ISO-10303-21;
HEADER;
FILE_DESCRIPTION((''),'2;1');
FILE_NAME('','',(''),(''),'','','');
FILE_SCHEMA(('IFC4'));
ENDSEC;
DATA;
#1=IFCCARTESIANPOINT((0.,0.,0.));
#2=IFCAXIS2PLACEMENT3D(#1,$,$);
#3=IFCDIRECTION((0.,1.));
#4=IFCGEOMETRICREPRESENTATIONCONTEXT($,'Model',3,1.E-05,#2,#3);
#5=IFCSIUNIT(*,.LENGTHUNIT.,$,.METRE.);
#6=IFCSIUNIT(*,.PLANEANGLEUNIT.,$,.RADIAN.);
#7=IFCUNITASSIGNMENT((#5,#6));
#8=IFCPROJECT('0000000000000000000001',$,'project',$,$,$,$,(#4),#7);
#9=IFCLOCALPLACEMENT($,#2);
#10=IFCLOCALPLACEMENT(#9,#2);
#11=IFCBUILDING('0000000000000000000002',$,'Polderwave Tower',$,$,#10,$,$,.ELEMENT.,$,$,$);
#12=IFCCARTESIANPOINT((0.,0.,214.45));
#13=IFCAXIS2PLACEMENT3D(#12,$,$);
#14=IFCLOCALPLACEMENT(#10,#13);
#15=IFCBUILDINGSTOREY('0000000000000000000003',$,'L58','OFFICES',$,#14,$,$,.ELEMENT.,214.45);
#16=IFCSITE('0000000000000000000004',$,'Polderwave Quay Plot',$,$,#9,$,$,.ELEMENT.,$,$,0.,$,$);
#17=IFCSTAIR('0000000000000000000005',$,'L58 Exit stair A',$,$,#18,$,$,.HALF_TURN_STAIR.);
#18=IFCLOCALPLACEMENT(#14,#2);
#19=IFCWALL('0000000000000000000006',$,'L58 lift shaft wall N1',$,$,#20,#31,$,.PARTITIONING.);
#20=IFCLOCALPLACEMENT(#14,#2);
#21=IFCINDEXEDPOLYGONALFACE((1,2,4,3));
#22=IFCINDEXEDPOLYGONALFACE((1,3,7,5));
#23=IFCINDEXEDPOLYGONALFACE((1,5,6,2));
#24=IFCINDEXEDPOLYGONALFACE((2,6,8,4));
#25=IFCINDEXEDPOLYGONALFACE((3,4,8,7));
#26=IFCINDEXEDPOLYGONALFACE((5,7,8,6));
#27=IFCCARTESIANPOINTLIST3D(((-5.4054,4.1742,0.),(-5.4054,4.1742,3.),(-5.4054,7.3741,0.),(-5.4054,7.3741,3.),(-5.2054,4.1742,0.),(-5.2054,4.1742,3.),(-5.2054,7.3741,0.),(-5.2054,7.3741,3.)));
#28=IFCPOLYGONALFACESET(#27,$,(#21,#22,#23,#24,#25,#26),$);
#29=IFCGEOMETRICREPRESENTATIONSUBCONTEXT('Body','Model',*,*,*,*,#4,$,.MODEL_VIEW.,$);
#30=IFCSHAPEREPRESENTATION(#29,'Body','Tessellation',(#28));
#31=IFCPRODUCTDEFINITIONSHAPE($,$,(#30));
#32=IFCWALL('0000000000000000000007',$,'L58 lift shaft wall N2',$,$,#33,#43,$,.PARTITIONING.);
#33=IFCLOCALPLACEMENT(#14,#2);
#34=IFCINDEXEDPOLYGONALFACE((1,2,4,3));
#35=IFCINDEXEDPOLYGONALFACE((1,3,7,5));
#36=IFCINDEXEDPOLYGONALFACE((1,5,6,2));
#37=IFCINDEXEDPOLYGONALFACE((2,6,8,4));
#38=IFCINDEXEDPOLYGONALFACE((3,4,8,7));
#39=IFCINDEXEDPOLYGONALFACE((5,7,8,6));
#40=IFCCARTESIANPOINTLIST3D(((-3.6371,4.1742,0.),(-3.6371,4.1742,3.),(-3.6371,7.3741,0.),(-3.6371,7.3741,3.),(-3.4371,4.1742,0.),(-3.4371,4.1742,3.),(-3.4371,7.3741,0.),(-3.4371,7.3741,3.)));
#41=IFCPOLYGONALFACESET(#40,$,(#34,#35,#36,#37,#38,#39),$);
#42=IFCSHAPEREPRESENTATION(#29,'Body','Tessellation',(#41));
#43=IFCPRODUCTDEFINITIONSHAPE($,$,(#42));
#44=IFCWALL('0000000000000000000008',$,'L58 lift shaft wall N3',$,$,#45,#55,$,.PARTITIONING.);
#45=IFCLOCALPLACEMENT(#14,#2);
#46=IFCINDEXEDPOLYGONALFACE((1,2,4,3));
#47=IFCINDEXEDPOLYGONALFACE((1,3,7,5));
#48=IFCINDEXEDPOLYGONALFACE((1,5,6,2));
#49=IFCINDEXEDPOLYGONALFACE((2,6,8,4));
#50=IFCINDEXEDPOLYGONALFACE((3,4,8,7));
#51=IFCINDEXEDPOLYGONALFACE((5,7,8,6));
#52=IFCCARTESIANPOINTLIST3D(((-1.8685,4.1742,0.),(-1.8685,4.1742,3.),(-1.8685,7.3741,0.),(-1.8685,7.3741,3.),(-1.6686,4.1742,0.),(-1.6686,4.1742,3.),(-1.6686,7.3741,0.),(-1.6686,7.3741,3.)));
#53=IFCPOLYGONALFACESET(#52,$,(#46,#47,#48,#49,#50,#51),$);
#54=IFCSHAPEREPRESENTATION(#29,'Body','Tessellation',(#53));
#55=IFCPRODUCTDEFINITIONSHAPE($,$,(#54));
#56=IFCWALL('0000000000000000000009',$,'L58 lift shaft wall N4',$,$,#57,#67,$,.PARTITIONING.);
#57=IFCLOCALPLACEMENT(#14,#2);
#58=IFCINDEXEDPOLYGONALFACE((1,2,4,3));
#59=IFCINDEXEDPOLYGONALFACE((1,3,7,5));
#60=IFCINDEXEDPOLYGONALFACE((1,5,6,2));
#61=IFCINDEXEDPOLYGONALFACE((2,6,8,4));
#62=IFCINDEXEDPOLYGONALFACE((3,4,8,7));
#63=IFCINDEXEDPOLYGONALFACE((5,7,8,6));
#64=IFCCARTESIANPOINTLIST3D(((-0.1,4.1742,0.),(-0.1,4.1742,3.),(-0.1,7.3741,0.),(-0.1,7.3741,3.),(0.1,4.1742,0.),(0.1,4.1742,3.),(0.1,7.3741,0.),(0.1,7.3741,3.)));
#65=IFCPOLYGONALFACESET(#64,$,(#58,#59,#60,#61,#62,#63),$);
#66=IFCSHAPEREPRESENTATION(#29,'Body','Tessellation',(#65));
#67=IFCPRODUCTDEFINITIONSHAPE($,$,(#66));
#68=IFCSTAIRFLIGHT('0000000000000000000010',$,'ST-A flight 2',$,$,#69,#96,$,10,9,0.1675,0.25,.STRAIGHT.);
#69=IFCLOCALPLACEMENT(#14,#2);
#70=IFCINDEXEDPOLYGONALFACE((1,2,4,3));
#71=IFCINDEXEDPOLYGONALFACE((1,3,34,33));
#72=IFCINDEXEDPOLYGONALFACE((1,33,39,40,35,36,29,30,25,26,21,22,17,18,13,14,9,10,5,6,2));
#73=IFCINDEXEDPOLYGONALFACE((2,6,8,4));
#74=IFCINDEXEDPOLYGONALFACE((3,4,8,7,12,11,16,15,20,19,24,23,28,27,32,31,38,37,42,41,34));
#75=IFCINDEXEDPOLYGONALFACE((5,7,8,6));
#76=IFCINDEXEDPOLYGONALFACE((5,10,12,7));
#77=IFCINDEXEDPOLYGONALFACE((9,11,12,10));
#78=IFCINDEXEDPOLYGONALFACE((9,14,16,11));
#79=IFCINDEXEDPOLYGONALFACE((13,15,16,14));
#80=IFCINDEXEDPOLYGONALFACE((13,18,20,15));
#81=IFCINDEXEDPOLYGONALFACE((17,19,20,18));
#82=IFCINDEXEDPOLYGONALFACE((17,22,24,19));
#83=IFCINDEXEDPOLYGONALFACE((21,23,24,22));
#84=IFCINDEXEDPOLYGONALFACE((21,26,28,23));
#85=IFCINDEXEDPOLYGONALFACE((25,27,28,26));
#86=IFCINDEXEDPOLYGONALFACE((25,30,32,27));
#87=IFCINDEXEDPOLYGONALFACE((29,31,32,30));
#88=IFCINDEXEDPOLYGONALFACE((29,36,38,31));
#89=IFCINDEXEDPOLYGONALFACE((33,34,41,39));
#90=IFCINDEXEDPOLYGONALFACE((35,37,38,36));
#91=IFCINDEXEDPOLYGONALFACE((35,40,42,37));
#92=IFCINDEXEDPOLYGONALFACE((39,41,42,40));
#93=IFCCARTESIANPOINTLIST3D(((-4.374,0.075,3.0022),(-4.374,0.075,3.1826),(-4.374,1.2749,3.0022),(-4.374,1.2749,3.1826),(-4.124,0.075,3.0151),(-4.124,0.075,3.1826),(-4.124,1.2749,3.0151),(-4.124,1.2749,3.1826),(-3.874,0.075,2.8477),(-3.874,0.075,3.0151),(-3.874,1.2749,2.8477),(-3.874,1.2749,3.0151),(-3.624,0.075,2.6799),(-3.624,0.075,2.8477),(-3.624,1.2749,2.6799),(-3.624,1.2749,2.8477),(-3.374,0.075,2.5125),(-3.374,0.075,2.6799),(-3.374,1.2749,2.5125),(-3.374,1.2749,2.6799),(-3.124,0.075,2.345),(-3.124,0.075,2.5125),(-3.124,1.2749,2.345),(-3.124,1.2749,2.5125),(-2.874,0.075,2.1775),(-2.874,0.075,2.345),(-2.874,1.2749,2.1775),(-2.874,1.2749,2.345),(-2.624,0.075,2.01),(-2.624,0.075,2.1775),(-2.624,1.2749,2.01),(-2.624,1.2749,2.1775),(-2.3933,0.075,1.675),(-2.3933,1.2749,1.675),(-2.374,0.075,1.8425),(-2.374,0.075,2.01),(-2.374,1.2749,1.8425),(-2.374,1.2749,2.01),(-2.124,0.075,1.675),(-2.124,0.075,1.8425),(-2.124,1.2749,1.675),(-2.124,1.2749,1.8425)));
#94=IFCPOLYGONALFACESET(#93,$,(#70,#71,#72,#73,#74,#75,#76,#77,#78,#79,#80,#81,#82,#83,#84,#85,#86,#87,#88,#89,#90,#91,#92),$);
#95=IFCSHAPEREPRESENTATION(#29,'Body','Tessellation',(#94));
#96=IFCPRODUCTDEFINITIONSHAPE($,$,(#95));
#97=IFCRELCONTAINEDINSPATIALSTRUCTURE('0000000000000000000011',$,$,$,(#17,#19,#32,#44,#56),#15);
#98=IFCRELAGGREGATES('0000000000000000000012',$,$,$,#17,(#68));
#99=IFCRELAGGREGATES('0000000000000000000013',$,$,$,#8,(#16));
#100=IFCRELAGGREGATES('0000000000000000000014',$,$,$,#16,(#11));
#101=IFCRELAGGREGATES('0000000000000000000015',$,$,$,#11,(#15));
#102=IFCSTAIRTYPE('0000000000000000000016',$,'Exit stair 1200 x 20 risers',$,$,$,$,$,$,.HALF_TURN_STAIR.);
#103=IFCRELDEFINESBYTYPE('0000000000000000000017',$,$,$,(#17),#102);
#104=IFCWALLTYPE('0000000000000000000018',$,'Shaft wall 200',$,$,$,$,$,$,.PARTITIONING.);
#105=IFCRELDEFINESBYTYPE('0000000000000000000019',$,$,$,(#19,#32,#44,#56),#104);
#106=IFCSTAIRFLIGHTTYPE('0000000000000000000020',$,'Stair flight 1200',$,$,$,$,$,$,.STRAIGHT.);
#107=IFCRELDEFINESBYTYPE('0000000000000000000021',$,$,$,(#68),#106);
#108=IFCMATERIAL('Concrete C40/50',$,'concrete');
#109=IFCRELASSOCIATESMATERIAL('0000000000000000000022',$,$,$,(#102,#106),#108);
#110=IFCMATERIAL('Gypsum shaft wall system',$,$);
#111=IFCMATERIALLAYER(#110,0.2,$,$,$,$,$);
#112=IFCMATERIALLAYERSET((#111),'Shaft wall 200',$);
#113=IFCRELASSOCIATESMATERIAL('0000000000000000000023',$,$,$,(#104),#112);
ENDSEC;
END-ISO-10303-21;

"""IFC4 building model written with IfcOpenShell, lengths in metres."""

from ifc_helpers import new_model, si_unit, direction, frame, frame_2d, origin, place, context, subcontext, project, spatial, polyline, rectangle, outline, extrude, material, layer, layer_set, type_object, element, aggregate, save


model = new_model("IFC4")

# Units and contexts
model_context = context("Model", 3, precision=1e-05, world=origin(), true_north=direction((0.0, 1.0)))
body_context = subcontext(model_context, "Body", "Model", "MODEL_VIEW")
ifc_project = project(units=[si_unit("LENGTHUNIT", "METRE"), si_unit("PLANEANGLEUNIT", "RADIAN")], contexts=[model_context])

# Site, building, storey
site_placement = place(None, origin())
site = spatial("IfcSite", under=ifc_project, at=site_placement, Name="Polderwave Quay Plot", CompositionType="ELEMENT", RefElevation=0.0)
building_placement = place(site_placement, origin())
building = spatial("IfcBuilding", under=site, at=building_placement, Name="Polderwave Tower", CompositionType="ELEMENT")
storey_placement = place(building_placement, frame((0.0, 0.0, 214.45)))
storey = spatial("IfcBuildingStorey", under=building, at=storey_placement, Name="L58", Description="OFFICES", CompositionType="ELEMENT", Elevation=214.45)

# Shared definitions
ifc_material_1 = material(Name="Concrete C40/50", Category="concrete")

# Stair
stair_type = type_object("IfcStairType", Name="Exit stair 1200 x 20 risers", PredefinedType="HALF_TURN_STAIR", material=ifc_material_1)
stair_1_placement = place(storey_placement, origin())
stair_1 = element("IfcStair", 1, at=stair_1_placement, inside=storey, type_object=stair_type, Name="L58 Exit stair A", PredefinedType="HALF_TURN_STAIR")

# Walls
ifc_material_2 = material(Name="Gypsum shaft wall system")
ifc_layer_1 = layer(ifc_material_2, 0.2)
ifc_layer_set_1 = layer_set([ifc_layer_1], Name="Shaft wall 200")
wall_type_1 = type_object("IfcWallType", Name="Shaft wall 200", PredefinedType="PARTITIONING", material=ifc_layer_set_1)
for number, where, z_axis, x_axis, name in (
    (2, (-5.3054, 4.1741, 0.0), (0.0, 0.0, 1.0), (0.0, 1.0, 0.0), "L58 lift shaft wall N1"),
    (3, (-3.5371, 4.1741, 0.0), (0.0, 0.0, 1.0), (0.0, 1.0, 0.0), "L58 lift shaft wall N2"),
    (4, (-1.7686, 4.1741, 0.0), (0.0, 0.0, 1.0), (0.0, 1.0, 0.0), "L58 lift shaft wall N3"),
    (5, (0.0, 4.1741, 0.0), (0.0, 0.0, 1.0), (0.0, 1.0, 0.0), "L58 lift shaft wall N4"),
):
    element("IfcWall", number, at=place(storey_placement, frame(where, z_axis=z_axis, x_axis=x_axis)), inside=storey, type_object=wall_type_1, Name=name, PredefinedType="PARTITIONING", context=body_context, shape_type="SweptSolid", body=[
        extrude(rectangle(XDim=3.2, YDim=0.2, at=frame_2d((1.6001, 0.0))), origin(), (0.0, 0.0, 1.0), 3.0),
    ])

# Stair flight
stair_flight_type = type_object("IfcStairFlightType", Name="Stair flight 1200", PredefinedType="STRAIGHT", material=ifc_material_1)
stair_flight_placement = place(storey_placement, frame((-2.124, 0.675, 1.675), z_axis=(0.0, 0.0, 1.0), x_axis=(-1.0, 0.0, 0.0)))
stair_flight = element("IfcStairFlight", 6, at=stair_flight_placement, type_object=stair_flight_type, Name="ST-A flight 2", NumberOfRisers=10, NumberOfTreads=9, PredefinedType="STRAIGHT", RiserHeight=0.1675, TreadLength=0.25, context=body_context, shape_type="SweptSolid", body=[
    extrude(outline(polyline([(0.0, 0.0), (0.0, 0.1675), (0.25, 0.1675), (0.25, 0.335), (0.5, 0.335), (0.5, 0.5024), (0.75, 0.5024), (0.75, 0.6699), (1.0, 0.6699), (1.0, 0.8374), (1.25, 0.8374), (1.25, 1.0049), (1.5, 1.0049), (1.5, 1.1726), (1.75, 1.1726), (1.75, 1.3401), (2.0, 1.3401), (2.0, 1.5076), (2.25, 1.5076), (2.25, 1.675), (2.25, 1.3271), (0.2693, 0.0), (0.0, 0.0)])), frame((0.0, 0.6001, 0.0), z_axis=(0.0, -1.0, 0.0), x_axis=(1.0, 0.0, 0.0)), (0.0, 0.0, 1.0), 1.2),
])
aggregate(stair_1, [stair_flight])

save(model, "model.ifc")
